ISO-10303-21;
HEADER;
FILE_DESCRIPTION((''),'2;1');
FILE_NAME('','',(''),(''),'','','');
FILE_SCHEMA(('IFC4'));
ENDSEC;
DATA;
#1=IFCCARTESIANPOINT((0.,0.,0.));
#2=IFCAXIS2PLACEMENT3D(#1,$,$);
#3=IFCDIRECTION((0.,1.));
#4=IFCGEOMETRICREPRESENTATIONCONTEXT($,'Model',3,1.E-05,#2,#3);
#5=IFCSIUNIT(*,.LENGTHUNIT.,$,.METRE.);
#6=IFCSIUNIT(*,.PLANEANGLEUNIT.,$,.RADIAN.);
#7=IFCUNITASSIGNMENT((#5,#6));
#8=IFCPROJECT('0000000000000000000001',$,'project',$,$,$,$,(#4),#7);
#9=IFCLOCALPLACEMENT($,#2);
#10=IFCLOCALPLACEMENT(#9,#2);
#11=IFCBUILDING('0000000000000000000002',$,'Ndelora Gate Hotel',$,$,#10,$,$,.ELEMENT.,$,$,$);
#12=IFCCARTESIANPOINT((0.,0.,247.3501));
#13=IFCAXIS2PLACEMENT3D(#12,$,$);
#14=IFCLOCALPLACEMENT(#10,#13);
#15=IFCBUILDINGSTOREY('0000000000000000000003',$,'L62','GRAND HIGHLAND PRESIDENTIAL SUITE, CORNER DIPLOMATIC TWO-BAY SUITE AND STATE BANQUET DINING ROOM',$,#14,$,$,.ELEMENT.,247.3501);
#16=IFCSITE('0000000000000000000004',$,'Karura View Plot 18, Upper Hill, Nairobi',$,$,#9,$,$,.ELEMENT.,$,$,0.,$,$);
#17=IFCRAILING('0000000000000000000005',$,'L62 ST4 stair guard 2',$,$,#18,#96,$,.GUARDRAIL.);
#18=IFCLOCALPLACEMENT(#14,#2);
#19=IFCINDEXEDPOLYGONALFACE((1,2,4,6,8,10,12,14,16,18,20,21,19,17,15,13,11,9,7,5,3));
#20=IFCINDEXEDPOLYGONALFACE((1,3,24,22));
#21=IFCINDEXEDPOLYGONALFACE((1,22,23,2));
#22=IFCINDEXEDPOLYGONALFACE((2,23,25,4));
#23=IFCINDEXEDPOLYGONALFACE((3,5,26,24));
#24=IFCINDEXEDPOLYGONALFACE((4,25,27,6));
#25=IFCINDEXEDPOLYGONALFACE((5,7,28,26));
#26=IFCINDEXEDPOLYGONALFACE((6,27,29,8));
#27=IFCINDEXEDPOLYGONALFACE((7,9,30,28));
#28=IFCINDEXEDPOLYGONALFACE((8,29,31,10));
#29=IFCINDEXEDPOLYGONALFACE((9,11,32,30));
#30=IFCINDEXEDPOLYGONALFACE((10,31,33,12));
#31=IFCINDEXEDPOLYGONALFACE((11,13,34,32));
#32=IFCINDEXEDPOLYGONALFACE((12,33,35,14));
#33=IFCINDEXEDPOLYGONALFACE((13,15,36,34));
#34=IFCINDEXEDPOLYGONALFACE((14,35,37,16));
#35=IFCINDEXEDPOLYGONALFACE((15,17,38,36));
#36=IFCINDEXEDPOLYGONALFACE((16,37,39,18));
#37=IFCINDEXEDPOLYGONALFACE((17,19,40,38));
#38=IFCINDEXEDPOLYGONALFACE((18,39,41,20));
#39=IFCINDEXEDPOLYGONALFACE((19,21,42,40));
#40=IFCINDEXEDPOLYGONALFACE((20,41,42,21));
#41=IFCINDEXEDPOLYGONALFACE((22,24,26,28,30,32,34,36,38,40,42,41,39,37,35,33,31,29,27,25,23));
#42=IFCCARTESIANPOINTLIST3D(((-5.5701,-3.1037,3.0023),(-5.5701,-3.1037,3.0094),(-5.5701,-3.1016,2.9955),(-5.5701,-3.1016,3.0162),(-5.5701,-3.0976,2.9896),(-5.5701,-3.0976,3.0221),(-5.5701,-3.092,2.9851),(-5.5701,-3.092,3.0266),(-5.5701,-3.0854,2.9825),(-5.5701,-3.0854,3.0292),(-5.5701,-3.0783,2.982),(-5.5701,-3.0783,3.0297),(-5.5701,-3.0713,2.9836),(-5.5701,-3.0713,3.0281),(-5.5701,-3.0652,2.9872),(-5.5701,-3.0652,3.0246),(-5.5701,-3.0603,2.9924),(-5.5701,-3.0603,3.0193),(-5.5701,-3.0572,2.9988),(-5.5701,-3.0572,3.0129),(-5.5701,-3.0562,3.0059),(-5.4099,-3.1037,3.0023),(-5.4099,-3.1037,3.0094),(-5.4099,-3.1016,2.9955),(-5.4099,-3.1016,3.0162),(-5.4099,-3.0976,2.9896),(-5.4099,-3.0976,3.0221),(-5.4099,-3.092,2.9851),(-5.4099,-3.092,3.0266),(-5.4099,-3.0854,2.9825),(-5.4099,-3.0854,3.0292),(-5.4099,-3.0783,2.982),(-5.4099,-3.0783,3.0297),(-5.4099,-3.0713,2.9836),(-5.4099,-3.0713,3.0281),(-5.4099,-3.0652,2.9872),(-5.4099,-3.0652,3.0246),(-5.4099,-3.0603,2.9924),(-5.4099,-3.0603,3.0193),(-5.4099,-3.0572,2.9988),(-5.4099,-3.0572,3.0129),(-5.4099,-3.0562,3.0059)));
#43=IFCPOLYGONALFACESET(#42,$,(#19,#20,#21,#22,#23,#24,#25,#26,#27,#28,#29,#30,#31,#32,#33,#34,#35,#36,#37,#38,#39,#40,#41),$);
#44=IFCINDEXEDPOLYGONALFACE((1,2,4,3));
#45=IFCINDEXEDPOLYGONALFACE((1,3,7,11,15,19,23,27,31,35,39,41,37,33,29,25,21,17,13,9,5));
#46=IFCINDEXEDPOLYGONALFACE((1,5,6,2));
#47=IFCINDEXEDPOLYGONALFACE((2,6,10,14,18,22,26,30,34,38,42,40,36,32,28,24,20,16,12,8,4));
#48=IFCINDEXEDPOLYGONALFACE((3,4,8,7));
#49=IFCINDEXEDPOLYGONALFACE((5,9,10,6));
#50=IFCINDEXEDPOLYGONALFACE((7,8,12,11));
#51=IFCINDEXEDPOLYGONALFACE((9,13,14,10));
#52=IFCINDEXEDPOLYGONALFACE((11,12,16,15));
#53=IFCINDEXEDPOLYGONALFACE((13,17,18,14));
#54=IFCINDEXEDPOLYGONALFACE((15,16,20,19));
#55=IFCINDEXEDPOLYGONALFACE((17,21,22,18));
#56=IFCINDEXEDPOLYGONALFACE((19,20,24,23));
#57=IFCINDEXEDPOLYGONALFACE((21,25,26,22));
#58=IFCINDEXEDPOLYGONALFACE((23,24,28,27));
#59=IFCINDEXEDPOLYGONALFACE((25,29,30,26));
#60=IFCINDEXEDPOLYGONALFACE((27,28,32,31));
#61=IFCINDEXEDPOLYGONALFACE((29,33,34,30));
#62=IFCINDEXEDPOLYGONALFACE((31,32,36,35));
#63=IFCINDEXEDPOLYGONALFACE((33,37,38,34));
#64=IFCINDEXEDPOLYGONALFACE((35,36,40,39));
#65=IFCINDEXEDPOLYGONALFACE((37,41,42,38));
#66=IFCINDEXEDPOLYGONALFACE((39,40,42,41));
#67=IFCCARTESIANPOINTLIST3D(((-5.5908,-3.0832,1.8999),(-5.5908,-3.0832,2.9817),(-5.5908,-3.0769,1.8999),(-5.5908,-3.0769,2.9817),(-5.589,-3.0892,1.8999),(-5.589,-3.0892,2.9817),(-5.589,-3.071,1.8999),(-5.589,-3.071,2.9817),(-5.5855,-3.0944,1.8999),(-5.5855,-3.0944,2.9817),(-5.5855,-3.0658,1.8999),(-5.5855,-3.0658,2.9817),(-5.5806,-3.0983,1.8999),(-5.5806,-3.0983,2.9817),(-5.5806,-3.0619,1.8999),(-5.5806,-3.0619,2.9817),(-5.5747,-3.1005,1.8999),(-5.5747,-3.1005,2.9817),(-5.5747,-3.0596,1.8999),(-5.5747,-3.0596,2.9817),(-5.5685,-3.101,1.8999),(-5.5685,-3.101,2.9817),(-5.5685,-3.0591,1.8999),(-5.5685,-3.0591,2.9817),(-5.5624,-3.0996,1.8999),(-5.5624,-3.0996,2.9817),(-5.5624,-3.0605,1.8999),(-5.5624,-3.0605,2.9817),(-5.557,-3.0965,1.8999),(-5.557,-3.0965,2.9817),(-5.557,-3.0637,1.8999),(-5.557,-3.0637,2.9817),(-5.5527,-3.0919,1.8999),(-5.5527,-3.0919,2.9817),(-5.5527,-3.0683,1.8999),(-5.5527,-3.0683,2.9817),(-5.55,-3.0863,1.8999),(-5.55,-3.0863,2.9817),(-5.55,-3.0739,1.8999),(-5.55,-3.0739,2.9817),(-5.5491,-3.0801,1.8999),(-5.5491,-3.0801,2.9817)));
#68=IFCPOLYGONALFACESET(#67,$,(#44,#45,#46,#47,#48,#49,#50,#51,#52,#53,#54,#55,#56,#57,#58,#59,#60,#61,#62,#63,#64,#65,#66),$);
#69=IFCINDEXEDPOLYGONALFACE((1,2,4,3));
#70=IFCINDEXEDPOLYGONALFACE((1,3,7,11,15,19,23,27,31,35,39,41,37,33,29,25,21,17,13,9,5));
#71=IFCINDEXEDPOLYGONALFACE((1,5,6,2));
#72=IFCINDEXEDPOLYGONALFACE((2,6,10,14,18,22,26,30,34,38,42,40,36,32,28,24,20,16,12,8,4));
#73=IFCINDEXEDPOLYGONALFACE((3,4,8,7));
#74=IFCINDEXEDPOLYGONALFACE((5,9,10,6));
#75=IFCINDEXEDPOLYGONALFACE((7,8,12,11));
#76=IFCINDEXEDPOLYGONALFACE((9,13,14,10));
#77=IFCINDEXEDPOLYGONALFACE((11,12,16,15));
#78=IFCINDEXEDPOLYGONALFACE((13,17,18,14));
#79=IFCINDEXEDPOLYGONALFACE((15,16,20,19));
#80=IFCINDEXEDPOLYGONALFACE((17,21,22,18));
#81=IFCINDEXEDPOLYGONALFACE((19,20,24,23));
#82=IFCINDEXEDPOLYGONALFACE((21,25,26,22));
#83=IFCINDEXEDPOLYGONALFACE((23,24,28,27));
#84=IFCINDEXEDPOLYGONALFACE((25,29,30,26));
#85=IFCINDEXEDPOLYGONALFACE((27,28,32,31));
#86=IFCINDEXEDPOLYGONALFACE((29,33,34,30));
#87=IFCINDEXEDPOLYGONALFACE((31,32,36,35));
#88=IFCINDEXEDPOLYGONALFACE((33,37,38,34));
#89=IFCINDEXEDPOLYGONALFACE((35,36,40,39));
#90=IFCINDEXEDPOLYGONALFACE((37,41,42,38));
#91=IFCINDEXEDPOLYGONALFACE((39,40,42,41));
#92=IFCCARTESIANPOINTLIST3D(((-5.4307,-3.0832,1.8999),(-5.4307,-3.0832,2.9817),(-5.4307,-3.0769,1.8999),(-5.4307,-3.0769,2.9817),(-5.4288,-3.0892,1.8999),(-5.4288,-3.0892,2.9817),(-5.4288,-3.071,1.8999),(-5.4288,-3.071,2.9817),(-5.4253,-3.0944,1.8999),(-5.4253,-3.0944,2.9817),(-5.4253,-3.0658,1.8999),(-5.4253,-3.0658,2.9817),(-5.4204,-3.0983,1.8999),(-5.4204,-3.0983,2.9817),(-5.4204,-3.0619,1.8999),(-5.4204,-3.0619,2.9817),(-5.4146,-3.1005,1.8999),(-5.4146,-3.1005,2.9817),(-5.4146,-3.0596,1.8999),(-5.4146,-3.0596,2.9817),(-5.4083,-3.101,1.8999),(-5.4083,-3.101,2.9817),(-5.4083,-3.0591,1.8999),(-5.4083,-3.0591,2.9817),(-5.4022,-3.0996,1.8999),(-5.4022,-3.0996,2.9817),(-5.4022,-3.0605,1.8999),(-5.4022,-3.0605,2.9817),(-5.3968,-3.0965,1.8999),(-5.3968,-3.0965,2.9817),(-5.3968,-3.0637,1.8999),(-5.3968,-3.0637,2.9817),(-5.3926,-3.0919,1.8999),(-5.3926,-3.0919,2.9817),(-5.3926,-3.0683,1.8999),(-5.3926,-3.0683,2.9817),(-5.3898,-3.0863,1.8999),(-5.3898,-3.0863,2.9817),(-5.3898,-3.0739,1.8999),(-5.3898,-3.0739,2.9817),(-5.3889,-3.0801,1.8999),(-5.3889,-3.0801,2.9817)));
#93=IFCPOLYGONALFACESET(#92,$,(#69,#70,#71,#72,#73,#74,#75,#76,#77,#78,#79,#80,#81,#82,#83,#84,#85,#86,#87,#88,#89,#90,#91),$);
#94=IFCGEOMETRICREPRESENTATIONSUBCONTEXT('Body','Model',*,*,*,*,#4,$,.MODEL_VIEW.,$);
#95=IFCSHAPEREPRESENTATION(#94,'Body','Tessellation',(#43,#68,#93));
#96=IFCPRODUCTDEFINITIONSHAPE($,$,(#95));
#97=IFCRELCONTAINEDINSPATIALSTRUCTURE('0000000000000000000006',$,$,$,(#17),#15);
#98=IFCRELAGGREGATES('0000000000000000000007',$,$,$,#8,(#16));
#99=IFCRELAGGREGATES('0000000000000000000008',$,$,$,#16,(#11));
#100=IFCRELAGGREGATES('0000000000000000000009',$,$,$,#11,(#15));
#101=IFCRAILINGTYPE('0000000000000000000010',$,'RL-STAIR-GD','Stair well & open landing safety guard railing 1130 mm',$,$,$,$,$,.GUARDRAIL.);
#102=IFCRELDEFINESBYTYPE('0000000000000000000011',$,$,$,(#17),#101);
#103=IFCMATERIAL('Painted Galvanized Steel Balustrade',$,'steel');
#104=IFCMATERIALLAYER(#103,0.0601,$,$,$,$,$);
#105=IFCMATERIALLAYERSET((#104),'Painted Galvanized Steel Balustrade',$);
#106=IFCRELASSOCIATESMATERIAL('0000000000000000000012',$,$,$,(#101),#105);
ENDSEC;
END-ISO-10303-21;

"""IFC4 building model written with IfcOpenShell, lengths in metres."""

from ifc_helpers import new_model, si_unit, direction, frame, origin, origin_2d, place, context, subcontext, project, spatial, circle, extrude, material, layer, layer_set, type_object, element, save


model = new_model("IFC4")

# Units and contexts
model_context = context("Model", 3, precision=1e-05, world=origin(), true_north=direction((0.0, 1.0)))
body_context = subcontext(model_context, "Body", "Model", "MODEL_VIEW")
ifc_project = project(units=[si_unit("LENGTHUNIT", "METRE"), si_unit("PLANEANGLEUNIT", "RADIAN")], contexts=[model_context])

# Site, building, storey
site_placement = place(None, origin())
site = spatial("IfcSite", under=ifc_project, at=site_placement, Name="Karura View Plot 18, Upper Hill, Nairobi", CompositionType="ELEMENT", RefElevation=0.0)
building_placement = place(site_placement, origin())
building = spatial("IfcBuilding", under=site, at=building_placement, Name="Ndelora Gate Hotel", CompositionType="ELEMENT")
storey_placement = place(building_placement, frame((0.0, 0.0, 247.3501)))
storey = spatial("IfcBuildingStorey", under=building, at=storey_placement, Name="L62", Description="GRAND HIGHLAND PRESIDENTIAL SUITE, CORNER DIPLOMATIC TWO-BAY SUITE AND STATE BANQUET DINING ROOM", CompositionType="ELEMENT", Elevation=247.3501)

# Railing
ifc_material_1 = material(Name="Painted Galvanized Steel Balustrade", Category="steel")
ifc_layer_1 = layer(ifc_material_1, 0.0601)
ifc_layer_set_1 = layer_set([ifc_layer_1], Name="Painted Galvanized Steel Balustrade")
railing_type_1 = type_object("IfcRailingType", Name="RL-STAIR-GD", Description="Stair well & open landing safety guard railing 1130 mm", PredefinedType="GUARDRAIL", material=ifc_layer_set_1)
railing_1_placement = place(storey_placement, frame((-5.5701, -3.0801, 1.8999)))
element("IfcRailing", 1, at=railing_1_placement, inside=storey, type_object=railing_type_1, Name="L62 ST4 stair guard 2", PredefinedType="GUARDRAIL", context=body_context, shape_type="SweptSolid", body=[
    extrude(circle(Radius=0.0239, at=origin_2d()), frame((0.0, 0.0, 1.106), z_axis=(1.0, 0.0, 0.0), x_axis=(0.0, 1.0, 0.0)), (0.0, 0.0, 1.0), 0.1602),
    extrude(circle(Radius=0.021, at=origin_2d()), origin(), (0.0, 0.0, 1.0), 1.0818),
    extrude(circle(Radius=0.021, at=origin_2d()), frame((0.1602, 0.0, 0.0)), (0.0, 0.0, 1.0), 1.0818),
])

save(model, "model.ifc")
